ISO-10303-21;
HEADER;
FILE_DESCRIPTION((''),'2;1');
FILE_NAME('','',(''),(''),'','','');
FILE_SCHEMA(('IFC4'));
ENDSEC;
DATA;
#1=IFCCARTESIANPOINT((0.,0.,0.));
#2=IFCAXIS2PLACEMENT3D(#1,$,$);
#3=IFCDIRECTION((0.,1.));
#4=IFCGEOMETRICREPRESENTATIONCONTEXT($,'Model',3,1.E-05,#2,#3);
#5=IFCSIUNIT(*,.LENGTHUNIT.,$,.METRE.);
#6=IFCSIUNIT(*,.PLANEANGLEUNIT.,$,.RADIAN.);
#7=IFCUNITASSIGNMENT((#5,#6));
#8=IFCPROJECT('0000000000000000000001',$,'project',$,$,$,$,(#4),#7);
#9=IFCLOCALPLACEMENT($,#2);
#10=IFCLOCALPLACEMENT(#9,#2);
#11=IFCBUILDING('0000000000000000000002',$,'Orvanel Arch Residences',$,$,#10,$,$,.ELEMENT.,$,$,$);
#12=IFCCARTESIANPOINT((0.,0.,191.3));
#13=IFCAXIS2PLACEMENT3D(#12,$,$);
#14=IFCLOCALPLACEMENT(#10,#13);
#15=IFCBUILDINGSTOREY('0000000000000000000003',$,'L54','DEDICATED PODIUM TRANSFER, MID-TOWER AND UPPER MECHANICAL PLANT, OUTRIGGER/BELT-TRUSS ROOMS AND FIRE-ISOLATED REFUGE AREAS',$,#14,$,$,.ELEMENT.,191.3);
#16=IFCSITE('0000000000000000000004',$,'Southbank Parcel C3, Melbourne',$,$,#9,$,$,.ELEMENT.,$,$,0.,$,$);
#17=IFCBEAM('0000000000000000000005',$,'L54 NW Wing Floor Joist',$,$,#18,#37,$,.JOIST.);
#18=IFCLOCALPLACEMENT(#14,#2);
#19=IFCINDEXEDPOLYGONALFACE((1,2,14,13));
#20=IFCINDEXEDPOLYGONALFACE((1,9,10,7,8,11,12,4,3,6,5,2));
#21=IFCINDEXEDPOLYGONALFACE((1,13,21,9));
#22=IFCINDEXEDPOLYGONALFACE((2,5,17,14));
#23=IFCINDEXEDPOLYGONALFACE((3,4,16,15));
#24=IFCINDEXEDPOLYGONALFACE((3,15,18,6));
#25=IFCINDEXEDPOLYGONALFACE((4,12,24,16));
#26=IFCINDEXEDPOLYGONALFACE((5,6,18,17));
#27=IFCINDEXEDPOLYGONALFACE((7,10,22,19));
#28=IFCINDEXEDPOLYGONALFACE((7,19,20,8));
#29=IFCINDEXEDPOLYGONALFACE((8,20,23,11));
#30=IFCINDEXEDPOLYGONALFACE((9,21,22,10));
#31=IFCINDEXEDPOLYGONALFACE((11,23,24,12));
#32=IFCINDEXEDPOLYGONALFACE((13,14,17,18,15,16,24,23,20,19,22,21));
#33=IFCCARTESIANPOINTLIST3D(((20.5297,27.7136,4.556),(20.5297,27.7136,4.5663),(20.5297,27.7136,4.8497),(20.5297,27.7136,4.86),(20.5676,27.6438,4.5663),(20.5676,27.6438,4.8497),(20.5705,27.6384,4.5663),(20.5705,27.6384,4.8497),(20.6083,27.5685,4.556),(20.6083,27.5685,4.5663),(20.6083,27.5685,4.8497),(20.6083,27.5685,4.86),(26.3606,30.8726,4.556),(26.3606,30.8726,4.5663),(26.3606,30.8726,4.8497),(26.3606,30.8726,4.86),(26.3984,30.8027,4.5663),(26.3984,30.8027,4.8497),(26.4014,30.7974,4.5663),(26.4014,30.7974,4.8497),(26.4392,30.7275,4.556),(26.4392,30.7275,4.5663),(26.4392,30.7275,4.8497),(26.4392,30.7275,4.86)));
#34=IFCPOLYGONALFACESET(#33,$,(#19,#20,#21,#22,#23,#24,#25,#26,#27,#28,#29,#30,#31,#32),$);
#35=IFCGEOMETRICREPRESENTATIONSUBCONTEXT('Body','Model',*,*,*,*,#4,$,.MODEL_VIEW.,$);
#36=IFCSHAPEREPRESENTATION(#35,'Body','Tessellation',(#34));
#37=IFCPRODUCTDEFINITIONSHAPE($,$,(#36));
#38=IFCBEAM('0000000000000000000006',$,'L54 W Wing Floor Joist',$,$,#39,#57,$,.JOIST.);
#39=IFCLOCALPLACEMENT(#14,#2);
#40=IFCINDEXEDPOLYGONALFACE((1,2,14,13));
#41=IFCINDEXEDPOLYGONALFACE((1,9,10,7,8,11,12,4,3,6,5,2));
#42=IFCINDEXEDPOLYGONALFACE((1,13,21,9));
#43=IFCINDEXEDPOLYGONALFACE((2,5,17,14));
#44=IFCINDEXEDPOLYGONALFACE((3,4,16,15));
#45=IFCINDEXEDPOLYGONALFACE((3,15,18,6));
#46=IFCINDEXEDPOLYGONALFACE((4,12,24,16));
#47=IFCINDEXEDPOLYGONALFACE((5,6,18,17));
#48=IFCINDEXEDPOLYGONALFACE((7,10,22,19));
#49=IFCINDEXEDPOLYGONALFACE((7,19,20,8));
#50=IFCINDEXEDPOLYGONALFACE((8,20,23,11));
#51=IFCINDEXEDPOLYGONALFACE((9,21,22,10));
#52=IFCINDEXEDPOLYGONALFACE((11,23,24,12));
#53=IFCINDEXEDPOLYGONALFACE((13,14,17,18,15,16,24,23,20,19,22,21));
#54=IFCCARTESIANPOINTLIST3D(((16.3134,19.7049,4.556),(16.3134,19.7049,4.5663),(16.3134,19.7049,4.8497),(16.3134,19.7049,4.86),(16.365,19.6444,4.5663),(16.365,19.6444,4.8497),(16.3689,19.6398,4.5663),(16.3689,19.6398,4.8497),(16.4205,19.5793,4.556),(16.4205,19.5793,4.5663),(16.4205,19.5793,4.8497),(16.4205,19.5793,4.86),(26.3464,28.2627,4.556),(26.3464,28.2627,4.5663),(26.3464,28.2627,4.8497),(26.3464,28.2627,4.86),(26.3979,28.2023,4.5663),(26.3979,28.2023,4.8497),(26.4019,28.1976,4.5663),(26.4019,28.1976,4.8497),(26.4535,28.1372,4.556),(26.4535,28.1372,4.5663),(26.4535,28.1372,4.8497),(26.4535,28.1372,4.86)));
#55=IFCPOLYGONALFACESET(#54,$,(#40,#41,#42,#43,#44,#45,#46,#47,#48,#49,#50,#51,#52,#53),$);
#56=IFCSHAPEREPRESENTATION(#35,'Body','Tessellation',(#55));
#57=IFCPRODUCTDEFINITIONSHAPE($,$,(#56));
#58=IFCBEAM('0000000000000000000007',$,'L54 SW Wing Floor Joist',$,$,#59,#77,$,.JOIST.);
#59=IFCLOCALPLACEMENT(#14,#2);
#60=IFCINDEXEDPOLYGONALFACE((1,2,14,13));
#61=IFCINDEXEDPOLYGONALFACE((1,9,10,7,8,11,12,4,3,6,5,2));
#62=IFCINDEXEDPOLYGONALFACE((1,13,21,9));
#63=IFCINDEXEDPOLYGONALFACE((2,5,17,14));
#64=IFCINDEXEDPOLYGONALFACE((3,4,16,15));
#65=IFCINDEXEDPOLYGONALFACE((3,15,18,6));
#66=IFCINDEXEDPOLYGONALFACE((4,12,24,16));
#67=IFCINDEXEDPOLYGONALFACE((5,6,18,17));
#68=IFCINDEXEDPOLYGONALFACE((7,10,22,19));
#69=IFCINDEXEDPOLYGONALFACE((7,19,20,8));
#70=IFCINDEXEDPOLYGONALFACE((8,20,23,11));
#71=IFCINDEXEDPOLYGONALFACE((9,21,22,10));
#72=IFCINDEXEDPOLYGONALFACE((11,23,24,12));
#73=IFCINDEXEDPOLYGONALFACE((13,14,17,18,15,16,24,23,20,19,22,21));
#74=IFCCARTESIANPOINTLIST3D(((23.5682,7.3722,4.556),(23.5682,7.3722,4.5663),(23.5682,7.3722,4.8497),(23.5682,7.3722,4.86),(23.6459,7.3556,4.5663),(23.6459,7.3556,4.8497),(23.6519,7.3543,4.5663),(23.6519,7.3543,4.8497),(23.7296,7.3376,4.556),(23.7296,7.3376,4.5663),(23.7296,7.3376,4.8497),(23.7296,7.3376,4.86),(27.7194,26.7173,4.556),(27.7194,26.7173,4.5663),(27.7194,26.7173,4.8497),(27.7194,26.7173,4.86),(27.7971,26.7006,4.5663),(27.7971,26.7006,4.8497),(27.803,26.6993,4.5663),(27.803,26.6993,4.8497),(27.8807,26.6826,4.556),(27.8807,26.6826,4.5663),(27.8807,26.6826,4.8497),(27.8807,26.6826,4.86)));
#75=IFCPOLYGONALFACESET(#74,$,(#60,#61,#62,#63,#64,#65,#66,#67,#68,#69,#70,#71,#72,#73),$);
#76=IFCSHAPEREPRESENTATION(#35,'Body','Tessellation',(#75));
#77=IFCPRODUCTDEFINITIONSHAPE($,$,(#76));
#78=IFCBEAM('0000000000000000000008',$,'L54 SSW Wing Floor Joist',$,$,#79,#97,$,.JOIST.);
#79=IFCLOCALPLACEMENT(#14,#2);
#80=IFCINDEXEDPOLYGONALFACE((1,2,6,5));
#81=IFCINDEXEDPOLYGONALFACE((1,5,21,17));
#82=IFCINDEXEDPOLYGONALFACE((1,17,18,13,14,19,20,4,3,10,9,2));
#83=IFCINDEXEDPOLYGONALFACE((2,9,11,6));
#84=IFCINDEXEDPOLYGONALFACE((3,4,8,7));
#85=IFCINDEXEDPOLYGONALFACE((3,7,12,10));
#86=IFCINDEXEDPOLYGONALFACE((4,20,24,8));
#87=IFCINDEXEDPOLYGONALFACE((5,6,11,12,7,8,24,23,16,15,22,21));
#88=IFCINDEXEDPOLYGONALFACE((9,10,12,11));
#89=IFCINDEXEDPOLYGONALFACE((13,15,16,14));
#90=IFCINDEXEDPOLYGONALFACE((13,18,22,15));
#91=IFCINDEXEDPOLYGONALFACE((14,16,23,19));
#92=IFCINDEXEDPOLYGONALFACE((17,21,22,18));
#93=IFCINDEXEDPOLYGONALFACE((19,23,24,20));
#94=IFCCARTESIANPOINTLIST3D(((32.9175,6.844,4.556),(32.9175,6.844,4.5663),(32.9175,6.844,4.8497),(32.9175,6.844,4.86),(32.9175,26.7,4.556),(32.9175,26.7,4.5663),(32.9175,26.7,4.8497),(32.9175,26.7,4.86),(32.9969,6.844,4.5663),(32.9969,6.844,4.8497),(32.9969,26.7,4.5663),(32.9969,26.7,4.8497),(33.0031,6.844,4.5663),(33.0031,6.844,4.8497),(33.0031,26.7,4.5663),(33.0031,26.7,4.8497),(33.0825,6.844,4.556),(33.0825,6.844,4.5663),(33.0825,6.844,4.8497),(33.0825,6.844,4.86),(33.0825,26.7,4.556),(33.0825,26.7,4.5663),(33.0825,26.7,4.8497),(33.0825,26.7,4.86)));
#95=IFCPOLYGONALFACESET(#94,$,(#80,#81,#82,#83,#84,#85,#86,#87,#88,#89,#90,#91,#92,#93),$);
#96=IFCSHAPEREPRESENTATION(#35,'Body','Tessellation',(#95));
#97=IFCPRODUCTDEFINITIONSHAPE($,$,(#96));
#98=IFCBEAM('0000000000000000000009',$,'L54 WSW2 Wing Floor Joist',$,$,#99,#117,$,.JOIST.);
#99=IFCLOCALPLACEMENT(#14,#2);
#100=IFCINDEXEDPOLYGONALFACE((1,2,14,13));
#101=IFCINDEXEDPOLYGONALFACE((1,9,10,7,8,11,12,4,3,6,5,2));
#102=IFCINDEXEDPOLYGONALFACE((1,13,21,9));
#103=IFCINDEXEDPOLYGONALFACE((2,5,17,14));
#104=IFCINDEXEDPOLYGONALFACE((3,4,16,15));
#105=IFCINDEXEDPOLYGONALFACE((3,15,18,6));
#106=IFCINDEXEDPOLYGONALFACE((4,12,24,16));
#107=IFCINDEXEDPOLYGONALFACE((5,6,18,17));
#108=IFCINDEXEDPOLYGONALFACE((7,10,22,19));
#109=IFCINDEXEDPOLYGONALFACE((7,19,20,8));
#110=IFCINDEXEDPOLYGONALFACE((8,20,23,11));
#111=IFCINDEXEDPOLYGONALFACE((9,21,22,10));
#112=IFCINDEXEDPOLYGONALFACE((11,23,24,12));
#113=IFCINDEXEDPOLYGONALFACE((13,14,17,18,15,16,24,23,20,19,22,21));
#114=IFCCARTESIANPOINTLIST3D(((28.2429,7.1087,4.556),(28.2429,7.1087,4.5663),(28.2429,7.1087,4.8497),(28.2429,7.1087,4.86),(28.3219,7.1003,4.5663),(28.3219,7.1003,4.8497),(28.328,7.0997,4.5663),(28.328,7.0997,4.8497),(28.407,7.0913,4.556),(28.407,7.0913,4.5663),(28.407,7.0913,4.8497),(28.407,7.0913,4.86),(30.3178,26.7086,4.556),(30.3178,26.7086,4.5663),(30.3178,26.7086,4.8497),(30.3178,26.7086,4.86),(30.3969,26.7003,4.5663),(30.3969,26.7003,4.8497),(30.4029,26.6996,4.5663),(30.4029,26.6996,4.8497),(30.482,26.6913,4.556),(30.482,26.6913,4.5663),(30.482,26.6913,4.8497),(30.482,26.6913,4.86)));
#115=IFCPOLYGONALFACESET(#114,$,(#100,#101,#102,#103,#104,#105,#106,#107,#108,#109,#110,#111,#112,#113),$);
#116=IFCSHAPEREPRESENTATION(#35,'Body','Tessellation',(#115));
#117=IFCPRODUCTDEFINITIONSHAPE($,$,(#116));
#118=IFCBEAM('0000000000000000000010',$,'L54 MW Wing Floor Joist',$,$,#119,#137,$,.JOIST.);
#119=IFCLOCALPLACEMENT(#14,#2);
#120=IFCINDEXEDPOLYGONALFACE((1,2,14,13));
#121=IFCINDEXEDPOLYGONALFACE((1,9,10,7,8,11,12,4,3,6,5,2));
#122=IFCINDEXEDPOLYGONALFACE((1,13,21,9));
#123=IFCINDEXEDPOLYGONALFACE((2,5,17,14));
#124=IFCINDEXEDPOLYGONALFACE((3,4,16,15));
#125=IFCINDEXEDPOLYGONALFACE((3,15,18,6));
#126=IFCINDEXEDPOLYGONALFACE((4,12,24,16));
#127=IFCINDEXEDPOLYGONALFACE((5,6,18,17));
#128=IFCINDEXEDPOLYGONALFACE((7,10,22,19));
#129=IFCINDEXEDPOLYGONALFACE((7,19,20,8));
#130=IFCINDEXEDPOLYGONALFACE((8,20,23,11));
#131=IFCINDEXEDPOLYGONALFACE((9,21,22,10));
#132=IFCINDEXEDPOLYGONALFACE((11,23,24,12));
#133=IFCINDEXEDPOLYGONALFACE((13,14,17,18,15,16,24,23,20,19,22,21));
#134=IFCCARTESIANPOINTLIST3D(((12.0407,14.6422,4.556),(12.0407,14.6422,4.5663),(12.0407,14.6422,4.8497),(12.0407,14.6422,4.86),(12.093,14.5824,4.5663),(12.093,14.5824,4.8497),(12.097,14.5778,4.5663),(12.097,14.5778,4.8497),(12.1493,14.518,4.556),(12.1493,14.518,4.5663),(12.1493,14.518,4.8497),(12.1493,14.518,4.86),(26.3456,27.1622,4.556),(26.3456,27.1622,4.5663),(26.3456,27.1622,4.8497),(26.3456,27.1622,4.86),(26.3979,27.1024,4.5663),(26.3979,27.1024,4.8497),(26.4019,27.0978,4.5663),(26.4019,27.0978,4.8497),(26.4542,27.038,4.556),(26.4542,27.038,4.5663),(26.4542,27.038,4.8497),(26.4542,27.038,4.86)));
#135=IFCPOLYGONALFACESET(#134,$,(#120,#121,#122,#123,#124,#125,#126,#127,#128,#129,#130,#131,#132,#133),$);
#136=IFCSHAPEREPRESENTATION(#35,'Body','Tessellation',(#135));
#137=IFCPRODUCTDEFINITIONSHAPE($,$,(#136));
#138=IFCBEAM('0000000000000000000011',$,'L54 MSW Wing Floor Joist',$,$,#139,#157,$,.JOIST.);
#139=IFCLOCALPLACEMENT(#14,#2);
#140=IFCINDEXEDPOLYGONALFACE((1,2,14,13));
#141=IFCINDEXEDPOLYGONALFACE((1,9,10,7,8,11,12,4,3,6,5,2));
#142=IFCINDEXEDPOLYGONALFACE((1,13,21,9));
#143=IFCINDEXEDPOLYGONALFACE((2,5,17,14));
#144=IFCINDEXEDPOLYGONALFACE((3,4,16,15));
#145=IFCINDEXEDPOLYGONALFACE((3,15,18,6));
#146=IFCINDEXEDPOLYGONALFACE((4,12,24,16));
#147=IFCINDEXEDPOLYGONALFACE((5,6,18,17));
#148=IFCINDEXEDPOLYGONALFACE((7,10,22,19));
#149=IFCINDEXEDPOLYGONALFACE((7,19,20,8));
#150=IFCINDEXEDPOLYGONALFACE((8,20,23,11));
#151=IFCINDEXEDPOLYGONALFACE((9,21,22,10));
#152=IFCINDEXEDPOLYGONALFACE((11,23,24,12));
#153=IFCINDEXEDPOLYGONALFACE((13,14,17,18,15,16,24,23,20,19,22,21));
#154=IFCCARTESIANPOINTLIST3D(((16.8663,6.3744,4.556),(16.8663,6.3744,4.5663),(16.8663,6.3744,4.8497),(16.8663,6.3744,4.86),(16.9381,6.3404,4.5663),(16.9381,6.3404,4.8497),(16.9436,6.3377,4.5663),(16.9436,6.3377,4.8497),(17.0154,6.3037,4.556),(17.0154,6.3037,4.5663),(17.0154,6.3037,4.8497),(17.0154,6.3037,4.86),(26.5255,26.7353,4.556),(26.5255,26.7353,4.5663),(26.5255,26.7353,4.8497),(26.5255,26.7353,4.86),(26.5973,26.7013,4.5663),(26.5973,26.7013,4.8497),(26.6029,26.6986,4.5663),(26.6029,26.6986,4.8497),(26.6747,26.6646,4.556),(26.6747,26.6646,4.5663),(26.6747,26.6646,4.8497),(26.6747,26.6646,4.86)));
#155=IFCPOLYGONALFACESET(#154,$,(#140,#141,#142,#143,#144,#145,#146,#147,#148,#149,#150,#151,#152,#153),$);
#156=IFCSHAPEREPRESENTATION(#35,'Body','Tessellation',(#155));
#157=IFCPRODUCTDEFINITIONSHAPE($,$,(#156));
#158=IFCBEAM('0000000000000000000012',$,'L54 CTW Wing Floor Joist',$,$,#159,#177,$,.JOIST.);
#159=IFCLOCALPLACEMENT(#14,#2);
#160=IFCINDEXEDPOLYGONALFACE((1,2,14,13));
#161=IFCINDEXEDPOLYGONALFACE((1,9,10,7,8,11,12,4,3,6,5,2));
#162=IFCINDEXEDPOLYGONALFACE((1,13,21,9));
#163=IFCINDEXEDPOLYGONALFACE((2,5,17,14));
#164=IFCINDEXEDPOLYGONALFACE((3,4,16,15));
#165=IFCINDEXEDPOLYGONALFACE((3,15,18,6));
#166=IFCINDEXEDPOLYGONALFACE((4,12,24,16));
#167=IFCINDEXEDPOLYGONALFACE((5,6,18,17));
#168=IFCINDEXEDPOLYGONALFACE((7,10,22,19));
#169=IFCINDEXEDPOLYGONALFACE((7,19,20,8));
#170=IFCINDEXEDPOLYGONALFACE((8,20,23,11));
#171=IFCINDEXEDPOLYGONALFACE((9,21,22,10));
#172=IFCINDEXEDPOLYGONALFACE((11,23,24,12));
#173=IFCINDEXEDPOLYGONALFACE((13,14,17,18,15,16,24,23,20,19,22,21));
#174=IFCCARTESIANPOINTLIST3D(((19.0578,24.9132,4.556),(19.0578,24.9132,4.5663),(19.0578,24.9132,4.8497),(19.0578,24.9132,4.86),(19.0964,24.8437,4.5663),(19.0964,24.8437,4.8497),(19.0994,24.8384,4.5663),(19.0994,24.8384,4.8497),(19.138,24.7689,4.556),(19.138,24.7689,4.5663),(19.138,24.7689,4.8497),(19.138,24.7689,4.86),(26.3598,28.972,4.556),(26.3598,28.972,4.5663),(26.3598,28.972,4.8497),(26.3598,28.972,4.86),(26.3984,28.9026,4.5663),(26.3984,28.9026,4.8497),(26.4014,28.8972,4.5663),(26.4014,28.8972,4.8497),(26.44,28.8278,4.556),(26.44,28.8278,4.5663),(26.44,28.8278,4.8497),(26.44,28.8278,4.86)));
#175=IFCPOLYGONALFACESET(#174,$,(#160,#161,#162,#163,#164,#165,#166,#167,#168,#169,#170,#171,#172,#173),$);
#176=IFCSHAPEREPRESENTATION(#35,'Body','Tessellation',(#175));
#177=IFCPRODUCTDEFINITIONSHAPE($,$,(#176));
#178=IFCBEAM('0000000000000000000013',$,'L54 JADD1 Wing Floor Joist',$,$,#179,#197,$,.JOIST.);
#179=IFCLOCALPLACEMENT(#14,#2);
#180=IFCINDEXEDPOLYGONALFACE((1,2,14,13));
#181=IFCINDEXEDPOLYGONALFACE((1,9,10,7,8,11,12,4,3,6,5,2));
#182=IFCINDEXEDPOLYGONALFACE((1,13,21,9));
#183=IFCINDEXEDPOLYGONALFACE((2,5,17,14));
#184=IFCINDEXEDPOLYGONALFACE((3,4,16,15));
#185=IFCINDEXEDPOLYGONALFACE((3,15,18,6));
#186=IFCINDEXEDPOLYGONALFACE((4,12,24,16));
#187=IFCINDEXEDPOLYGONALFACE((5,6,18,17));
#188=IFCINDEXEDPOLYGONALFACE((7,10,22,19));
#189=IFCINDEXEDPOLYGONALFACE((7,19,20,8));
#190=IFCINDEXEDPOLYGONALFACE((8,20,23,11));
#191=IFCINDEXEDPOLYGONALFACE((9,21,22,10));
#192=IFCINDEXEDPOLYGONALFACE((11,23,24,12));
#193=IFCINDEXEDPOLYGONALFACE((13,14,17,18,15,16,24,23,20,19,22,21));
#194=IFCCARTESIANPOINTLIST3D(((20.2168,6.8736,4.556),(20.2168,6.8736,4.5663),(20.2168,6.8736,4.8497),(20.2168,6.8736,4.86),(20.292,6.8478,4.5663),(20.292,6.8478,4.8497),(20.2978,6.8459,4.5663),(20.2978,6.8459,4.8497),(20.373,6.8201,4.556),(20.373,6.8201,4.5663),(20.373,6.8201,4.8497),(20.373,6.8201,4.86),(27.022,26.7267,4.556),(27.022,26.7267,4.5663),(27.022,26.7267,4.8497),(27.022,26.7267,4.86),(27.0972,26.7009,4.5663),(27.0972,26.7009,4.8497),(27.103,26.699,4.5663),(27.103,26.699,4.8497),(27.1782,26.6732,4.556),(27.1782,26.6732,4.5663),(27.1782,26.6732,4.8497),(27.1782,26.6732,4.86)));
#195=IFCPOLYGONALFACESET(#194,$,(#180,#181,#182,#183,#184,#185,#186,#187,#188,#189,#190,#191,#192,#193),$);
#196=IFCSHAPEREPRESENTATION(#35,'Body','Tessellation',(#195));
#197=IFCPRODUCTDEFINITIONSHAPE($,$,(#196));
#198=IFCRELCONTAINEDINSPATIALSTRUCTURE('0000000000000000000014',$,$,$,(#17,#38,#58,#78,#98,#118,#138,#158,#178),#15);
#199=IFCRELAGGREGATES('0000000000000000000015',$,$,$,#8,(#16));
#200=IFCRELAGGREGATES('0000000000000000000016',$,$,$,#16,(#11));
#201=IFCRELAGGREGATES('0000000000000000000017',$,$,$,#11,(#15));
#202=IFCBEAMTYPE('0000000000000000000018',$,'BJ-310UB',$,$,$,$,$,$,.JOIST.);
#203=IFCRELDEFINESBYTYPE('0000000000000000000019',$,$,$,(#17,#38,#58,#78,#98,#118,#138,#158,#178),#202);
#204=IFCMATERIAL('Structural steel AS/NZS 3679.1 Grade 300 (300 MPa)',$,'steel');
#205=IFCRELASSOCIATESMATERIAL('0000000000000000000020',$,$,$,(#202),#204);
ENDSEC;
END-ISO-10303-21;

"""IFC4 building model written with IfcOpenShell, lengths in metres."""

from ifc_helpers import new_model, si_unit, direction, frame, origin, origin_2d, place, context, subcontext, project, spatial, i_section, extrude, material, material_profile, profile_set, type_object, element, save


model = new_model("IFC4")

# Units and contexts
model_context = context("Model", 3, precision=1e-05, world=origin(), true_north=direction((0.0, 1.0)))
body_context = subcontext(model_context, "Body", "Model", "MODEL_VIEW")
ifc_project = project(units=[si_unit("LENGTHUNIT", "METRE"), si_unit("PLANEANGLEUNIT", "RADIAN")], contexts=[model_context])

# Site, building, storey
site_placement = place(None, origin())
site = spatial("IfcSite", under=ifc_project, at=site_placement, Name="Southbank Parcel C3, Melbourne", CompositionType="ELEMENT", RefElevation=0.0)
building_placement = place(site_placement, origin())
building = spatial("IfcBuilding", under=site, at=building_placement, Name="Orvanel Arch Residences", CompositionType="ELEMENT")
storey_placement = place(building_placement, frame((0.0, 0.0, 191.3)))
storey = spatial("IfcBuildingStorey", under=building, at=storey_placement, Name="L54", Description="DEDICATED PODIUM TRANSFER, MID-TOWER AND UPPER MECHANICAL PLANT, OUTRIGGER/BELT-TRUSS ROOMS AND FIRE-ISOLATED REFUGE AREAS", CompositionType="ELEMENT", Elevation=191.3)

# Beams
ifc_material_1 = material(Name="Structural steel AS/NZS 3679.1 Grade 300 (300 MPa)", Category="steel")
ifc_material_profile_1 = material_profile(ifc_material_1, i_section(OverallWidth=0.165, OverallDepth=0.304, WebThickness=0.0061, FlangeThickness=0.0103, at=origin_2d()), Name="310UB40.4")
ifc_profile_set_1 = profile_set([ifc_material_profile_1], Name="Structural steel AS/NZS 3679.1 Grade 300 (300 MPa)")
beam_type = type_object("IfcBeamType", Name="BJ-310UB", PredefinedType="JOIST", material=ifc_profile_set_1)
beam_1_placement = place(storey_placement, frame((26.3999, 30.8, 4.708), z_axis=(-0.879255, -0.476351, 0.0), x_axis=(0.476351, -0.879255, 0.0)))
element("IfcBeam", 1, at=beam_1_placement, inside=storey, type_object=beam_type, Name="L54 NW Wing Floor Joist", PredefinedType="JOIST", context=body_context, shape_type="SweptSolid", body=[
    extrude(i_section(OverallWidth=0.165, OverallDepth=0.304, WebThickness=0.0061, FlangeThickness=0.0103, at=origin_2d()), origin(), (0.0, 0.0, 1.0), 6.6316),
])
beam_2_placement = place(storey_placement, frame((26.3999, 28.2, 4.708), z_axis=(-0.760821, -0.648961, 0.0), x_axis=(0.648961, -0.760821, 0.0)))
element("IfcBeam", 2, at=beam_2_placement, inside=storey, type_object=beam_type, Name="L54 W Wing Floor Joist", PredefinedType="JOIST", context=body_context, shape_type="SweptSolid", body=[
    extrude(i_section(OverallWidth=0.165, OverallDepth=0.304, WebThickness=0.0061, FlangeThickness=0.0103, at=origin_2d()), origin(), (0.0, 0.0, 1.0), 13.187),
])
beam_3_placement = place(storey_placement, frame((27.8, 26.7, 4.708), z_axis=(-0.209808, -0.977743, 0.0), x_axis=(0.977743, -0.209808, 0.0)))
element("IfcBeam", 3, at=beam_3_placement, inside=storey, type_object=beam_type, Name="L54 SW Wing Floor Joist", PredefinedType="JOIST", context=body_context, shape_type="SweptSolid", body=[
    extrude(i_section(OverallWidth=0.165, OverallDepth=0.304, WebThickness=0.0061, FlangeThickness=0.0103, at=origin_2d()), origin(), (0.0, 0.0, 1.0), 19.7854),
])
beam_4_placement = place(storey_placement, frame((33.0, 26.7, 4.708), z_axis=(0.0, -1.0, 0.0), x_axis=(1.0, 0.0, 0.0)))
element("IfcBeam", 4, at=beam_4_placement, inside=storey, type_object=beam_type, Name="L54 SSW Wing Floor Joist", PredefinedType="JOIST", context=body_context, shape_type="SweptSolid", body=[
    extrude(i_section(OverallWidth=0.165, OverallDepth=0.304, WebThickness=0.0061, FlangeThickness=0.0103, at=origin_2d()), origin(), (0.0, 0.0, 1.0), 19.856),
])
beam_5_placement = place(storey_placement, frame((30.3999, 26.7, 4.708), z_axis=(-0.105277, -0.994443, 0.0), x_axis=(0.994443, -0.105277, 0.0)))
element("IfcBeam", 5, at=beam_5_placement, inside=storey, type_object=beam_type, Name="L54 WSW2 Wing Floor Joist", PredefinedType="JOIST", context=body_context, shape_type="SweptSolid", body=[
    extrude(i_section(OverallWidth=0.165, OverallDepth=0.304, WebThickness=0.0061, FlangeThickness=0.0103, at=origin_2d()), origin(), (0.0, 0.0, 1.0), 19.7095),
])
beam_6_placement = place(storey_placement, frame((26.3999, 27.1001, 4.708), z_axis=(-0.752493, -0.6586, 0.0), x_axis=(0.6586, -0.752493, 0.0)))
element("IfcBeam", 6, at=beam_6_placement, inside=storey, type_object=beam_type, Name="L54 MW Wing Floor Joist", PredefinedType="JOIST", context=body_context, shape_type="SweptSolid", body=[
    extrude(i_section(OverallWidth=0.165, OverallDepth=0.304, WebThickness=0.0061, FlangeThickness=0.0103, at=origin_2d()), origin(), (0.0, 0.0, 1.0), 19.01),
])
beam_7_placement = place(storey_placement, frame((26.6001, 26.7, 4.708), z_axis=(-0.428614, -0.903488, 0.0), x_axis=(0.903488, -0.428614, 0.0)))
element("IfcBeam", 7, at=beam_7_placement, inside=storey, type_object=beam_type, Name="L54 MSW Wing Floor Joist", PredefinedType="JOIST", context=body_context, shape_type="SweptSolid", body=[
    extrude(i_section(OverallWidth=0.165, OverallDepth=0.304, WebThickness=0.0061, FlangeThickness=0.0103, at=origin_2d()), origin(), (0.0, 0.0, 1.0), 22.5359),
])
beam_8_placement = place(storey_placement, frame((26.3999, 28.8999, 4.708), z_axis=(-0.874047, -0.485841, 0.0), x_axis=(0.485841, -0.874047, 0.0)))
element("IfcBeam", 8, at=beam_8_placement, inside=storey, type_object=beam_type, Name="L54 CTW Wing Floor Joist", PredefinedType="JOIST", context=body_context, shape_type="SweptSolid", body=[
    extrude(i_section(OverallWidth=0.165, OverallDepth=0.304, WebThickness=0.0061, FlangeThickness=0.0103, at=origin_2d()), origin(), (0.0, 0.0, 1.0), 8.3542),
])
beam_9_placement = place(storey_placement, frame((27.1001, 26.7, 4.708), z_axis=(-0.324257, -0.945969, 0.0), x_axis=(0.945969, -0.324257, 0.0)))
element("IfcBeam", 9, at=beam_9_placement, inside=storey, type_object=beam_type, Name="L54 JADD1 Wing Floor Joist", PredefinedType="JOIST", context=body_context, shape_type="SweptSolid", body=[
    extrude(i_section(OverallWidth=0.165, OverallDepth=0.304, WebThickness=0.0061, FlangeThickness=0.0103, at=origin_2d()), origin(), (0.0, 0.0, 1.0), 20.9871),
])

save(model, "model.ifc")
